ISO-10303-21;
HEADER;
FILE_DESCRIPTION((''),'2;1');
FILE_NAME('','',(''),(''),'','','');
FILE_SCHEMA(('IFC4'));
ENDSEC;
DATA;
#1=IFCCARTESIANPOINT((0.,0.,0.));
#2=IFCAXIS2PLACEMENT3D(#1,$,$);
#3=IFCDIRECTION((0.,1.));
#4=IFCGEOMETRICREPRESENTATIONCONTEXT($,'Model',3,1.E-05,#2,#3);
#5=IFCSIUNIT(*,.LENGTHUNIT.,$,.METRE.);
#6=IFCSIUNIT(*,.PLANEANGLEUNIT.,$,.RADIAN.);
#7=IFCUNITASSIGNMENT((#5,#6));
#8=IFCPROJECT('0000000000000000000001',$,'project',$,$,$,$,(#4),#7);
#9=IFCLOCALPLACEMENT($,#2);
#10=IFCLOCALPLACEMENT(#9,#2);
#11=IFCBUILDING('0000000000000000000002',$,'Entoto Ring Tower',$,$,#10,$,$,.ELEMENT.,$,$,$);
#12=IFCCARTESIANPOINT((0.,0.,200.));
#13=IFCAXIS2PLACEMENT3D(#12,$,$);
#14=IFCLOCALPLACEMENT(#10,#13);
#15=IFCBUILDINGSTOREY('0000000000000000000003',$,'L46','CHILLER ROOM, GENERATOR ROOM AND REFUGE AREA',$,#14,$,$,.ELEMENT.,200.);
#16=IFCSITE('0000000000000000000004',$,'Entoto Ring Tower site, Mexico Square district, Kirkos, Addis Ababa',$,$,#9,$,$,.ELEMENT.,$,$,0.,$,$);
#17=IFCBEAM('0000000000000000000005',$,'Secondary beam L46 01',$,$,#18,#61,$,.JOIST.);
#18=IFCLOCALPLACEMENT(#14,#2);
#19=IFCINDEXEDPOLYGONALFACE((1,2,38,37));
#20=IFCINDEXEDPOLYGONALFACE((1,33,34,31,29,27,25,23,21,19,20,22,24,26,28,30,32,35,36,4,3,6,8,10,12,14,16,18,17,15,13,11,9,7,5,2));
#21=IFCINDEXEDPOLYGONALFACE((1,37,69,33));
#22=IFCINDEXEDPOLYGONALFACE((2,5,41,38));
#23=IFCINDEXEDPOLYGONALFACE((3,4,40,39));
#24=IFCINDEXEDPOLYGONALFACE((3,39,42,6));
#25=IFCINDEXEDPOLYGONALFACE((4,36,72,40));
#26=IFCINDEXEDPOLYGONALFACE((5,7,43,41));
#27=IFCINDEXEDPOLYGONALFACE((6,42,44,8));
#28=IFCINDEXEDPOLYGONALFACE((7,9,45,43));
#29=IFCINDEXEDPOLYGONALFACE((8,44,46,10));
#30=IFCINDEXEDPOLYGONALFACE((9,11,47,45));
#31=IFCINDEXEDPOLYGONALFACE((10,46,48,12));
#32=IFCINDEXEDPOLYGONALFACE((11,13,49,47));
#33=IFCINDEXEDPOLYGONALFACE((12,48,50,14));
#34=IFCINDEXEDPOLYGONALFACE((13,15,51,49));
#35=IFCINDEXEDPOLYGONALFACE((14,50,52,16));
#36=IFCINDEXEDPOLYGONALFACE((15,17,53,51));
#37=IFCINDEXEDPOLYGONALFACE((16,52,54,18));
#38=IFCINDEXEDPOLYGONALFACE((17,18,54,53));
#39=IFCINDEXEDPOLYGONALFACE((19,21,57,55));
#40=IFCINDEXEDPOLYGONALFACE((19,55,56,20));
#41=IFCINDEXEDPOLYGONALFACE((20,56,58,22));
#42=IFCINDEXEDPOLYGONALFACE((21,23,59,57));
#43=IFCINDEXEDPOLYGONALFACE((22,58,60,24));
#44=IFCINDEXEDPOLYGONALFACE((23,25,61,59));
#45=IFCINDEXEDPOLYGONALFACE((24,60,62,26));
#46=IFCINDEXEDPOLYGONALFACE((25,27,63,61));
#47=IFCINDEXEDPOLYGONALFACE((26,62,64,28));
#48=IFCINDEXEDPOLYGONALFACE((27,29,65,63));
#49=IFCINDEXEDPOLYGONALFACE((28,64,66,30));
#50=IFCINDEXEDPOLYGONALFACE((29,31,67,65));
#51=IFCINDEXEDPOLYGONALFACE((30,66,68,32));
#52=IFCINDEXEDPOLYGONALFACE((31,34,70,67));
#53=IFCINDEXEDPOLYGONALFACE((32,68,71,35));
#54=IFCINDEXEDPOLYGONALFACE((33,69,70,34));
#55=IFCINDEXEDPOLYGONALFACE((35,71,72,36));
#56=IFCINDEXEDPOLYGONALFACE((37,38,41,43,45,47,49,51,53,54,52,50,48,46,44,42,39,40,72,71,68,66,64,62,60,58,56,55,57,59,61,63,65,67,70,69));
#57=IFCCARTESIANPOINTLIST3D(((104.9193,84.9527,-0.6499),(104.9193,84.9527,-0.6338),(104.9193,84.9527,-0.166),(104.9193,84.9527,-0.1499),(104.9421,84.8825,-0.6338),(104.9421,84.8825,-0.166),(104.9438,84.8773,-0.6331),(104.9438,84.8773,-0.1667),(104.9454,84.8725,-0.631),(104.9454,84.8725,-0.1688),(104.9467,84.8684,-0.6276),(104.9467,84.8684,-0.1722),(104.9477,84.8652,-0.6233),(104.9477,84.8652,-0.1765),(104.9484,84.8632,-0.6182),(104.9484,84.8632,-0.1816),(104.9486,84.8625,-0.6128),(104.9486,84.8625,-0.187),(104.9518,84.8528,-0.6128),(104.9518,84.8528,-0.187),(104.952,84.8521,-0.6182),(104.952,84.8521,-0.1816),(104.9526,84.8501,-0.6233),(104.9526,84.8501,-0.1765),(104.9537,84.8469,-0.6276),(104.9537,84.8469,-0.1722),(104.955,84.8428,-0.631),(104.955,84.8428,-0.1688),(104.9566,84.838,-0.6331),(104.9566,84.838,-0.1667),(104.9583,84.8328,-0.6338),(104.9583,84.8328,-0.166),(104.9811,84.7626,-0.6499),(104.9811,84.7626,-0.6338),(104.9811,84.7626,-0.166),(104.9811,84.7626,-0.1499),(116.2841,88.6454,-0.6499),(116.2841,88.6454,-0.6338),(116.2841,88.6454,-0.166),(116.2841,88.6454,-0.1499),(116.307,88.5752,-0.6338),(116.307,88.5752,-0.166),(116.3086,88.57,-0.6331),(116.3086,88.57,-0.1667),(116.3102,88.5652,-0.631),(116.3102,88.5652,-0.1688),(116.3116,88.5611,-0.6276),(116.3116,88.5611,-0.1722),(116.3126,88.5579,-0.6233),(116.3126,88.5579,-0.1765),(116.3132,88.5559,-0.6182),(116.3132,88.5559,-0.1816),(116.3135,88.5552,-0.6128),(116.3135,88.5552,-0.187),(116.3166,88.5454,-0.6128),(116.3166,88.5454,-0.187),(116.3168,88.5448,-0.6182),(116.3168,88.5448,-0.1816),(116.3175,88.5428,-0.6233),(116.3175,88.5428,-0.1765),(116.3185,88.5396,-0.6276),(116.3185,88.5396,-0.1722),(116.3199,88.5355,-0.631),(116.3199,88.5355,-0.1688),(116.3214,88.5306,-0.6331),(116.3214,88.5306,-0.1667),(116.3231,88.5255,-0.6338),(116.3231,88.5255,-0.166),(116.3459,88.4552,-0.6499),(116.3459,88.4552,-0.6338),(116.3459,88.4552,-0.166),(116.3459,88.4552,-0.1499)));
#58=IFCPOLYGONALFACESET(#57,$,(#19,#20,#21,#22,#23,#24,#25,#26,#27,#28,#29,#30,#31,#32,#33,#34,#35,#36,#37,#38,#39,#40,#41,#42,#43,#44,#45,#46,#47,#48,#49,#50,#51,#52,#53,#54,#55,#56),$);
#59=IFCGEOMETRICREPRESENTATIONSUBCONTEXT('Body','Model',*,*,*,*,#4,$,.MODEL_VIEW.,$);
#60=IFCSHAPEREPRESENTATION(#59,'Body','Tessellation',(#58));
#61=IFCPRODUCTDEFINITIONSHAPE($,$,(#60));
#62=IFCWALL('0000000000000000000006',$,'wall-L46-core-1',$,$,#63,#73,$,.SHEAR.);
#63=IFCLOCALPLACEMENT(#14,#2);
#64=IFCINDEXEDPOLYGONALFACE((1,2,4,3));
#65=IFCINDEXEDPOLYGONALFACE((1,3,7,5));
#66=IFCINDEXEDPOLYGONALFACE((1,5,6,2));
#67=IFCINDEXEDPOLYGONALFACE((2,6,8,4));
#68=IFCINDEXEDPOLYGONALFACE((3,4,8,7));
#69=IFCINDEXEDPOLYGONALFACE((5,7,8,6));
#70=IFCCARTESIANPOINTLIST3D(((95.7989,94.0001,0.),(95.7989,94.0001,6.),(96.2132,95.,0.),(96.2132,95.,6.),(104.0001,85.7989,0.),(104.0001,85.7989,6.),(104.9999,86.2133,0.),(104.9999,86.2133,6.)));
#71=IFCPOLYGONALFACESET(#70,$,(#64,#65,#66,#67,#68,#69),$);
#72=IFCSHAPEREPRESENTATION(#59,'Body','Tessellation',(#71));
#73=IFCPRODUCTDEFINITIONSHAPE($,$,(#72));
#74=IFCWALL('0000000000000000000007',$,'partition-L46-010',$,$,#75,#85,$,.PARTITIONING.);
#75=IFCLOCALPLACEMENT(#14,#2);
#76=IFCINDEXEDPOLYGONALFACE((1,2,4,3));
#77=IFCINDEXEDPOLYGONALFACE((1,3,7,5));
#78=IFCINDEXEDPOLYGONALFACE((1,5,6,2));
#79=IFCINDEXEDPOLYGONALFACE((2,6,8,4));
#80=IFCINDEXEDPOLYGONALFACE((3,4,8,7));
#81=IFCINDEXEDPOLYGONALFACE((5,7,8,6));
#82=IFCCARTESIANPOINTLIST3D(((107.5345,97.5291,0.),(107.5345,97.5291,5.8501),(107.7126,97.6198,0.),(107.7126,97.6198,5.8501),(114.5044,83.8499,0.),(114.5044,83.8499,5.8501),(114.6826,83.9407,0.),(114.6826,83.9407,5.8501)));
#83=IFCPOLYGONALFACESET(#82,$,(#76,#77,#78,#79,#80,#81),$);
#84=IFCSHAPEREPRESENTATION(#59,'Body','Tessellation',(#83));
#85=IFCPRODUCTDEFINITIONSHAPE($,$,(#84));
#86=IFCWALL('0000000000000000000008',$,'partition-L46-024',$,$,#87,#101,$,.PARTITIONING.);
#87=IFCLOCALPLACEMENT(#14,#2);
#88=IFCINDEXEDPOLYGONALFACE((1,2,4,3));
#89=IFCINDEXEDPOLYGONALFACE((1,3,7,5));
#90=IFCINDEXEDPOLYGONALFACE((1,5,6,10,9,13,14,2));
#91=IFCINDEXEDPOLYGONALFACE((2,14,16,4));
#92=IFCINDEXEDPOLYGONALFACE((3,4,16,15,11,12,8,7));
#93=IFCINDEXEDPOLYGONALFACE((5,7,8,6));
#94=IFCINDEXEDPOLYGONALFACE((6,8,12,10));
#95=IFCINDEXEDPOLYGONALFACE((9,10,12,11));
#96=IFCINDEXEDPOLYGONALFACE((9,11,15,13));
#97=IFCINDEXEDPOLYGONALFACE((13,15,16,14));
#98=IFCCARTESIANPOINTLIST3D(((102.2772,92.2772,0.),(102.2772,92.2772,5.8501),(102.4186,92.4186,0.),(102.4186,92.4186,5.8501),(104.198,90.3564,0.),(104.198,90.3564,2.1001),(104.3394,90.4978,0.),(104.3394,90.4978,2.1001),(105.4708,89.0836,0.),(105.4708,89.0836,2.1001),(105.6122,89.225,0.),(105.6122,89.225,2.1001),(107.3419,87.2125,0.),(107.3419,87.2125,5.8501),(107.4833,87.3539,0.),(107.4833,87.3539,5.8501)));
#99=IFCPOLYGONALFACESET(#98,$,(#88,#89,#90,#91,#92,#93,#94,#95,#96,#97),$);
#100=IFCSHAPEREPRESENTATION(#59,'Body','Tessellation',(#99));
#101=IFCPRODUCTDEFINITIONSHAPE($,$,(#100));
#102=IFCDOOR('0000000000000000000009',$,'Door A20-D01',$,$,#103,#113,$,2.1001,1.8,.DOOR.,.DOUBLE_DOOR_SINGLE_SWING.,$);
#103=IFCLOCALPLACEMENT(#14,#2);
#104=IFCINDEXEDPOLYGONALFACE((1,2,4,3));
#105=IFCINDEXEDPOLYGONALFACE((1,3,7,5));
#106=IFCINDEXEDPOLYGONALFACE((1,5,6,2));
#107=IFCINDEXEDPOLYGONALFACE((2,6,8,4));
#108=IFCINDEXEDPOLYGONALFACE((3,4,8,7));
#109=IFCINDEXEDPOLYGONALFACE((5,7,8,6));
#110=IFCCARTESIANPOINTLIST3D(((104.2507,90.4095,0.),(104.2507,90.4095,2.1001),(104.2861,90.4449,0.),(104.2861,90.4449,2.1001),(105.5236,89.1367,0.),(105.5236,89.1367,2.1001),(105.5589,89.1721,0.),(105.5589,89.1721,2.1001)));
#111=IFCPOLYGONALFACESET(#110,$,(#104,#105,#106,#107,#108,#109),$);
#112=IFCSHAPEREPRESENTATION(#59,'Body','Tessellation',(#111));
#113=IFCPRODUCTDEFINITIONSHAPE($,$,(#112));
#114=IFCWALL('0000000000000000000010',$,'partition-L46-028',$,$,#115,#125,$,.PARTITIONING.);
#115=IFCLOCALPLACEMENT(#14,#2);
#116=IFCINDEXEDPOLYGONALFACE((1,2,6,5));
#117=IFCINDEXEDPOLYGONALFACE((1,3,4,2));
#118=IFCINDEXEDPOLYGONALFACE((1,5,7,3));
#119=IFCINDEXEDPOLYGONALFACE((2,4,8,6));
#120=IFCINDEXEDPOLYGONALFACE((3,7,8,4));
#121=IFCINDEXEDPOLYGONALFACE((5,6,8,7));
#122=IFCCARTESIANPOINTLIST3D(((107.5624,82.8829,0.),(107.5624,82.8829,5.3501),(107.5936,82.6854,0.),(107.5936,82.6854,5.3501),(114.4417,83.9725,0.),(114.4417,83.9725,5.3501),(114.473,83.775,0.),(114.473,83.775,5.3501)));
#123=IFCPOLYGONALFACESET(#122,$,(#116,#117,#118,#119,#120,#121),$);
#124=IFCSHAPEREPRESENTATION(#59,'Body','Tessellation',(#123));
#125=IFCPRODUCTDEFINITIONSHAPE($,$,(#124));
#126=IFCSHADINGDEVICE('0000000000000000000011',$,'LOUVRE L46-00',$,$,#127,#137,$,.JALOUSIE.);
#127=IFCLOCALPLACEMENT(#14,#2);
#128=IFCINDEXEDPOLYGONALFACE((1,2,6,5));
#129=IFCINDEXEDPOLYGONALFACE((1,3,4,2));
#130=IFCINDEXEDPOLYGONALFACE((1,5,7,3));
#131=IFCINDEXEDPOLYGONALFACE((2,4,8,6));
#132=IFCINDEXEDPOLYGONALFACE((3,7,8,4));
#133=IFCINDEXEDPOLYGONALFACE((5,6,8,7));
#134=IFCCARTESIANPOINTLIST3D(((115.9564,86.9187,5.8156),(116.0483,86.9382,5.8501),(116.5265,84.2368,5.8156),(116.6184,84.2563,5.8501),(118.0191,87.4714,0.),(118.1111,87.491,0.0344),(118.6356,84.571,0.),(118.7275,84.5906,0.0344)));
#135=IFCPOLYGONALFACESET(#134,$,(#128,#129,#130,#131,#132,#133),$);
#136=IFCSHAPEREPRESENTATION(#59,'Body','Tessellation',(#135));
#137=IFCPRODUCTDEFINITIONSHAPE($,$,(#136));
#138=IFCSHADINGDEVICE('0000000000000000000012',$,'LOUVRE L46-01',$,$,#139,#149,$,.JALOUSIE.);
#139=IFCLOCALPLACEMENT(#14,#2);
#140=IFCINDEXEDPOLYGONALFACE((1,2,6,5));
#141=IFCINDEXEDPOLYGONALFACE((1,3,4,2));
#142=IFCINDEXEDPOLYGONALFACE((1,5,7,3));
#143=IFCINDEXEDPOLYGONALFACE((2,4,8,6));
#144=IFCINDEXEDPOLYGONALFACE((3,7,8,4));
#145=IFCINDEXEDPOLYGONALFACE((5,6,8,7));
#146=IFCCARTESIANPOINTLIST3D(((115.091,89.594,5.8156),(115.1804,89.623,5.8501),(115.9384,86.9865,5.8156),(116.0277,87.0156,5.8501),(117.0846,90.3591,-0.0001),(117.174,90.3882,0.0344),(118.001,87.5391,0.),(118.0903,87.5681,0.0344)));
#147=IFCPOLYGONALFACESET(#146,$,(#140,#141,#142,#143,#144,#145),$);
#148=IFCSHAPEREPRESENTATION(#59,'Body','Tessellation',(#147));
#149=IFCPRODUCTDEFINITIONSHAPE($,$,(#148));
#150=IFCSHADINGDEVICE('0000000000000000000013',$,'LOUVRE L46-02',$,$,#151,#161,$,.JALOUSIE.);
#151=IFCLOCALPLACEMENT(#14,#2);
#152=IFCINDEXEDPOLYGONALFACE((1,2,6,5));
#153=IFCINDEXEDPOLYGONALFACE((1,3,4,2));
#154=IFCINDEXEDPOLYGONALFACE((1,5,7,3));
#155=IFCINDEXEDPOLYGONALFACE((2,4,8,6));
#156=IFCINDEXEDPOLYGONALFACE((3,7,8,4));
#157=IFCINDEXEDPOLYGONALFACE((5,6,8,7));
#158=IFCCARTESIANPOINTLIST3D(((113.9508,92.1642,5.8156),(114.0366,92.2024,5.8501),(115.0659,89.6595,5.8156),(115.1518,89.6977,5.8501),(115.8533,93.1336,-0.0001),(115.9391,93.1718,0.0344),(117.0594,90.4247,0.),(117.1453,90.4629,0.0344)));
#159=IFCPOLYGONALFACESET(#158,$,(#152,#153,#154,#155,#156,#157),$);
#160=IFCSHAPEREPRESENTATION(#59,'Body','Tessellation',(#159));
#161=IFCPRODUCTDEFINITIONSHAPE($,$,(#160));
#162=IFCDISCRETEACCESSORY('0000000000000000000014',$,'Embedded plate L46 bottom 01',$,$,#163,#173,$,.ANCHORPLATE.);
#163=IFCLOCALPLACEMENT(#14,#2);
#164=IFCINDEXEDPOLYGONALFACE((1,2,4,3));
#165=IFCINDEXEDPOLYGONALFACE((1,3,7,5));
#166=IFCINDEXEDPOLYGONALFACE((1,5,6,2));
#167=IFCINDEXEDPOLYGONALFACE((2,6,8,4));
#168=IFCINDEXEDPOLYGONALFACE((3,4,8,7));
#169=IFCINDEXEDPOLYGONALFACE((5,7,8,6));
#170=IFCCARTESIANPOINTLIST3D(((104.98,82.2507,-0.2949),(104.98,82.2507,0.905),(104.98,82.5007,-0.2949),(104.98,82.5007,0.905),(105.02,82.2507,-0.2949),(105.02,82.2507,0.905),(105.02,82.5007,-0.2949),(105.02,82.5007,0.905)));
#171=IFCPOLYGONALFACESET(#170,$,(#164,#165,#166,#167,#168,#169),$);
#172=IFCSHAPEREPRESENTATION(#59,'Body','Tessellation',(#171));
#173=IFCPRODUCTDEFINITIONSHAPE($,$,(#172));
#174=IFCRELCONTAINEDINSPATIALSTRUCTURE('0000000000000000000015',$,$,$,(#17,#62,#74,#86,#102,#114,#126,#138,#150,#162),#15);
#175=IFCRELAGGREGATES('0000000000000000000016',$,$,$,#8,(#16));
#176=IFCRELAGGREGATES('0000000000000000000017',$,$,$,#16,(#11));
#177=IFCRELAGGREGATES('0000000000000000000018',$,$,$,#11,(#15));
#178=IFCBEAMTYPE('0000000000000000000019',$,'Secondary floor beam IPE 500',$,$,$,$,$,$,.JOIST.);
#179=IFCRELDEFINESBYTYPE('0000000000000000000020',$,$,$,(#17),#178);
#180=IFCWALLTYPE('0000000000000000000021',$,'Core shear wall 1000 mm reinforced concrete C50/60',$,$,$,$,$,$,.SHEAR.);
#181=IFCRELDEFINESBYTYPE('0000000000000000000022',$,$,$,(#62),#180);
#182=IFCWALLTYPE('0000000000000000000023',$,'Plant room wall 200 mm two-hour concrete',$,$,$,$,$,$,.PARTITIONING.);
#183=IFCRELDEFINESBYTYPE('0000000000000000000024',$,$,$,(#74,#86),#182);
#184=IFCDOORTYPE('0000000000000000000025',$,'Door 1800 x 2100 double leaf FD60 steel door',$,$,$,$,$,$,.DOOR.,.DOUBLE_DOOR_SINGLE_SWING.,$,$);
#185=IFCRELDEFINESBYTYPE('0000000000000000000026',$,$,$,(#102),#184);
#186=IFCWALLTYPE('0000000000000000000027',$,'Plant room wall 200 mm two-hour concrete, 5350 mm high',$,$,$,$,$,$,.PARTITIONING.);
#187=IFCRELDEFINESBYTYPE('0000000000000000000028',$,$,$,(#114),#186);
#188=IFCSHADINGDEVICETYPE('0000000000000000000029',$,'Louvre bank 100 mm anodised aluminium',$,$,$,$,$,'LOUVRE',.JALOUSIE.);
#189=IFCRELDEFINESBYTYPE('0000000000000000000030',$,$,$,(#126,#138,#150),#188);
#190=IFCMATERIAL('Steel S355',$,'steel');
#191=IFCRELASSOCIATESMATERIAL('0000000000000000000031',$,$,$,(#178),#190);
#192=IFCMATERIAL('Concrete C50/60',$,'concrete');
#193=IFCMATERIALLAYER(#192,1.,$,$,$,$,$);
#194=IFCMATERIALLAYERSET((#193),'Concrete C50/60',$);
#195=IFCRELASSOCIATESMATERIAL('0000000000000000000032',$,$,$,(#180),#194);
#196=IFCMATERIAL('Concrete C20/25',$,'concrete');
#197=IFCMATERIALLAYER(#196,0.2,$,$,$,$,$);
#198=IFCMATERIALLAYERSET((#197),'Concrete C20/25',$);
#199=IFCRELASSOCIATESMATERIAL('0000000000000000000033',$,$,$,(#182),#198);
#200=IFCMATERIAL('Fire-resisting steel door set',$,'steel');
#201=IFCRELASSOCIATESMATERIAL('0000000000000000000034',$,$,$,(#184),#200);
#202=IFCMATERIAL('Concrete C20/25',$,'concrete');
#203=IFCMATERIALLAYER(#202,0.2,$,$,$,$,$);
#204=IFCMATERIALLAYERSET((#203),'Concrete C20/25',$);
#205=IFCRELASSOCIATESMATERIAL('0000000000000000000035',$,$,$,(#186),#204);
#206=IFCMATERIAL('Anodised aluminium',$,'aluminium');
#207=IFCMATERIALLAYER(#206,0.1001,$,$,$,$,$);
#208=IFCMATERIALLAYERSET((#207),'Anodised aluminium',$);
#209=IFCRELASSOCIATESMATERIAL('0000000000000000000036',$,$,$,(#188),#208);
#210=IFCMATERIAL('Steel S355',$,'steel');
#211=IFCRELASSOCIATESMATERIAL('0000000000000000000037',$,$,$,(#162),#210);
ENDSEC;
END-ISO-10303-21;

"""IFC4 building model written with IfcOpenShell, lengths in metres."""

from ifc_helpers import new_model, si_unit, direction, frame, frame_2d, origin, origin_2d, place, context, subcontext, project, spatial, polyline, rectangle, i_section, outline, extrude, material, layer, layer_set, material_profile, profile_set, type_object, element, fill, save


model = new_model("IFC4")

# Units and contexts
model_context = context("Model", 3, precision=1e-05, world=origin(), true_north=direction((0.0, 1.0)))
body_context = subcontext(model_context, "Body", "Model", "MODEL_VIEW")
ifc_project = project(units=[si_unit("LENGTHUNIT", "METRE"), si_unit("PLANEANGLEUNIT", "RADIAN")], contexts=[model_context])

# Site, building, storey
site_placement = place(None, origin())
site = spatial("IfcSite", under=ifc_project, at=site_placement, Name="Entoto Ring Tower site, Mexico Square district, Kirkos, Addis Ababa", CompositionType="ELEMENT", RefElevation=0.0)
building_placement = place(site_placement, origin())
building = spatial("IfcBuilding", under=site, at=building_placement, Name="Entoto Ring Tower", CompositionType="ELEMENT")
storey_placement = place(building_placement, frame((0.0, 0.0, 200.0)))
storey = spatial("IfcBuildingStorey", under=building, at=storey_placement, Name="L46", Description="CHILLER ROOM, GENERATOR ROOM AND REFUGE AREA", CompositionType="ELEMENT", Elevation=200.0)

# Beam
ifc_material_1 = material(Name="Steel S355", Category="steel")
ifc_material_profile_1 = material_profile(ifc_material_1, i_section(OverallWidth=0.2, OverallDepth=0.5, WebThickness=0.0103, FlangeThickness=0.0161, FilletRadius=0.021, at=origin_2d()), Name="IPE 500")
ifc_profile_set_1 = profile_set([ifc_material_profile_1], Name="Steel S355")
beam_type_1 = type_object("IfcBeamType", Name="Secondary floor beam IPE 500", PredefinedType="JOIST", material=ifc_profile_set_1)
beam_1_placement = place(storey_placement, frame((104.9502, 84.8577, -0.3999), z_axis=(0.951057, 0.309017, 0.0), x_axis=(-0.309017, 0.951057, 0.0)))
element("IfcBeam", 1, at=beam_1_placement, inside=storey, type_object=beam_type_1, Name="Secondary beam L46 01", PredefinedType="JOIST", context=body_context, shape_type="SweptSolid", body=[
    extrude(i_section(OverallWidth=0.2, OverallDepth=0.5, WebThickness=0.0103, FlangeThickness=0.0161, FilletRadius=0.021, at=origin_2d()), origin(), (0.0, 0.0, 1.0), 11.9497),
])

# Walls
ifc_material_2 = material(Name="Concrete C50/60", Category="concrete")
ifc_layer_1 = layer(ifc_material_2, 1.0)
ifc_layer_set_1 = layer_set([ifc_layer_1], Name="Concrete C50/60")
wall_type_1 = type_object("IfcWallType", Name="Core shear wall 1000 mm reinforced concrete C50/60", PredefinedType="SHEAR", material=ifc_layer_set_1)
wall_1_placement = place(storey_placement, frame((104.5, 86.0061, 0.0), z_axis=(0.0, 0.0, 1.0), x_axis=(-0.707107, 0.707107, 0.0)))
element("IfcWall", 2, at=wall_1_placement, inside=storey, type_object=wall_type_1, Name="wall-L46-core-1", PredefinedType="SHEAR", context=body_context, shape_type="SweptSolid", body=[
    extrude(outline(polyline([(-0.207, -0.5), (12.2192, -0.5), (11.8052, 0.5), (0.207, 0.5), (-0.207, -0.5)])), origin(), (0.0, 0.0, 1.0), 6.0),
])
ifc_material_3 = material(Name="Concrete C20/25", Category="concrete")
ifc_layer_2 = layer(ifc_material_3, 0.2)
ifc_layer_set_2 = layer_set([ifc_layer_2], Name="Concrete C20/25")
wall_type_2 = type_object("IfcWallType", Name="Plant room wall 200 mm two-hour concrete", PredefinedType="PARTITIONING", material=ifc_layer_set_2)
wall_2_placement = place(storey_placement, frame((114.5935, 83.8953, 0.0), z_axis=(0.0, 0.0, 1.0), x_axis=(-0.453994, 0.891005, 0.0)))
element("IfcWall", 3, at=wall_2_placement, inside=storey, type_object=wall_type_2, Name="partition-L46-010", PredefinedType="PARTITIONING", context=body_context, shape_type="SweptSolid", body=[
    extrude(rectangle(XDim=15.3525, YDim=0.2, at=frame_2d((7.6763, 0.0))), origin(), (0.0, 0.0, 1.0), 5.8501),
])

# Wall, opening, door
wall_3_placement = place(storey_placement, frame((107.4126, 87.2832, 0.0), z_axis=(0.0, 0.0, 1.0), x_axis=(-0.707107, 0.707107, 0.0)))
wall_3 = element("IfcWall", 4, at=wall_3_placement, inside=storey, type_object=wall_type_2, Name="partition-L46-024", PredefinedType="PARTITIONING", context=body_context, shape_type="SweptSolid", body=[
    extrude(rectangle(XDim=7.1626, YDim=0.2, at=frame_2d((3.5813, 0.0))), origin(), (0.0, 0.0, 1.0), 5.8501),
])
opening_placement = place(wall_3_placement, frame((2.6462, 0.0, 0.0)))
opening = element("IfcOpeningElement", 5, at=opening_placement, cuts=wall_3, PredefinedType="OPENING", context=body_context, shape_type="SweptSolid", body=[
    extrude(rectangle(XDim=1.8, YDim=2.1001, at=frame_2d((0.8999, 1.05))), frame((0.0, 0.1099, 0.0), z_axis=(0.0, -1.0, 0.0), x_axis=(1.0, 0.0, 0.0)), (0.0, 0.0, 1.0), 0.22),
])
ifc_material_4 = material(Name="Fire-resisting steel door set", Category="steel")
door_type = type_object("IfcDoorType", Name="Door 1800 x 2100 double leaf FD60 steel door", OperationType="DOUBLE_DOOR_SINGLE_SWING", PredefinedType="DOOR", material=ifc_material_4)
door_placement = place(opening_placement, frame((1.8, 0.0, 0.0), z_axis=(0.0, 0.0, 1.0), x_axis=(-1.0, 0.0, 0.0)))
door = element("IfcDoor", 6, at=door_placement, inside=storey, type_object=door_type, Name="Door A20-D01", OperationType="DOUBLE_DOOR_SINGLE_SWING", OverallHeight=2.1001, OverallWidth=1.8, PredefinedType="DOOR", context=body_context, shape_type="SweptSolid", body=[
    extrude(rectangle(XDim=1.8, YDim=2.1001, at=frame_2d((0.8999, 1.05))), frame((0.0, 0.0249, 0.0), z_axis=(0.0, -1.0, 0.0), x_axis=(1.0, 0.0, 0.0)), (0.0, 0.0, 1.0), 0.05),
])
fill(opening, door)

# Wall
ifc_material_5 = material(Name="Concrete C20/25", Category="concrete")
ifc_layer_3 = layer(ifc_material_5, 0.2)
ifc_layer_set_3 = layer_set([ifc_layer_3], Name="Concrete C20/25")
wall_type_3 = type_object("IfcWallType", Name="Plant room wall 200 mm two-hour concrete, 5350 mm high", PredefinedType="PARTITIONING", material=ifc_layer_set_3)
wall_4_placement = place(storey_placement, frame((107.5781, 82.7842, 0.0), z_axis=(0.0, 0.0, 1.0), x_axis=(0.987688, 0.156436, 0.0)))
element("IfcWall", 7, at=wall_4_placement, inside=storey, type_object=wall_type_3, Name="partition-L46-028", PredefinedType="PARTITIONING", context=body_context, shape_type="SweptSolid", body=[
    extrude(rectangle(XDim=6.9651, YDim=0.2, at=frame_2d((3.4824, 0.0))), origin(), (0.0, 0.0, 1.0), 5.3501),
])

# Shading devices
ifc_material_6 = material(Name="Anodised aluminium", Category="aluminium")
ifc_layer_4 = layer(ifc_material_6, 0.1001)
ifc_layer_set_4 = layer_set([ifc_layer_4], Name="Anodised aluminium")
shading_device_type = type_object("IfcShadingDeviceType", Name="Louvre bank 100 mm anodised aluminium", ElementType="LOUVRE", PredefinedType="JALOUSIE", material=ifc_layer_set_4)
shading_device_1_placement = place(storey_placement, frame((118.7275, 84.5906, 0.0344), z_axis=(0.918353, 0.195198, 0.344275), x_axis=(-0.207906, 0.978149, -0.000003)))
element("IfcShadingDevice", 8, at=shading_device_1_placement, inside=storey, type_object=shading_device_type, Name="LOUVRE L46-00", PredefinedType="JALOUSIE", context=body_context, shape_type="SweptSolid", body=[
    extrude(outline(polyline([(0.0, 0.0), (2.9652, 0.0), (2.8534, 6.1944), (0.1116, 6.1943), (0.0, 0.0)])), origin(), (0.0, 0.0, -1.0), 0.1001),
])
shading_device_2_placement = place(storey_placement, frame((118.0903, 87.5681, 0.0344), z_axis=(0.892917, 0.290155, 0.344253), x_axis=(-0.30904, 0.951049, -0.000013)))
element("IfcShadingDevice", 9, at=shading_device_2_placement, inside=storey, type_object=shading_device_type, Name="LOUVRE L46-01", PredefinedType="JALOUSIE", context=body_context, shape_type="SweptSolid", body=[
    extrude(outline(polyline([(0.0, 0.0), (2.9652, 0.0), (2.8535, 6.1943), (0.1119, 6.1942), (0.0, 0.0)])), origin(), (0.0, 0.0, -1.0), 0.1001),
])
shading_device_3_placement = place(storey_placement, frame((117.1453, 90.4629, 0.0344), z_axis=(0.857707, 0.381881, 0.344246), x_axis=(-0.406739, 0.913544, -0.000008)))
element("IfcShadingDevice", 10, at=shading_device_3_placement, inside=storey, type_object=shading_device_type, Name="LOUVRE L46-02", PredefinedType="JALOUSIE", context=body_context, shape_type="SweptSolid", body=[
    extrude(outline(polyline([(0.0, 0.0), (2.9653, 0.0), (2.8535, 6.1943), (0.1118, 6.1942), (0.0, 0.0)])), origin(), (0.0, 0.0, -1.0), 0.1001),
])

# Discrete accessory
ifc_material_7 = material(Name="Steel S355", Category="steel")
for number, where, z_axis, x_axis, name in (
    (11, (105.0, 82.3757, -0.2949), (0.0, 0.0, 1.0), (1.0, 0.0, 0.0), "Embedded plate L46 bottom 01"),
):
    element("IfcDiscreteAccessory", number, at=place(storey_placement, frame(where, z_axis=z_axis, x_axis=x_axis)), inside=storey, material=ifc_material_7, Name=name, PredefinedType="ANCHORPLATE", context=body_context, shape_type="SweptSolid", body=[
        extrude(rectangle(XDim=0.04, YDim=0.25, at=origin_2d()), origin(), (0.0, 0.0, 1.0), 1.2),
    ])

save(model, "model.ifc")
